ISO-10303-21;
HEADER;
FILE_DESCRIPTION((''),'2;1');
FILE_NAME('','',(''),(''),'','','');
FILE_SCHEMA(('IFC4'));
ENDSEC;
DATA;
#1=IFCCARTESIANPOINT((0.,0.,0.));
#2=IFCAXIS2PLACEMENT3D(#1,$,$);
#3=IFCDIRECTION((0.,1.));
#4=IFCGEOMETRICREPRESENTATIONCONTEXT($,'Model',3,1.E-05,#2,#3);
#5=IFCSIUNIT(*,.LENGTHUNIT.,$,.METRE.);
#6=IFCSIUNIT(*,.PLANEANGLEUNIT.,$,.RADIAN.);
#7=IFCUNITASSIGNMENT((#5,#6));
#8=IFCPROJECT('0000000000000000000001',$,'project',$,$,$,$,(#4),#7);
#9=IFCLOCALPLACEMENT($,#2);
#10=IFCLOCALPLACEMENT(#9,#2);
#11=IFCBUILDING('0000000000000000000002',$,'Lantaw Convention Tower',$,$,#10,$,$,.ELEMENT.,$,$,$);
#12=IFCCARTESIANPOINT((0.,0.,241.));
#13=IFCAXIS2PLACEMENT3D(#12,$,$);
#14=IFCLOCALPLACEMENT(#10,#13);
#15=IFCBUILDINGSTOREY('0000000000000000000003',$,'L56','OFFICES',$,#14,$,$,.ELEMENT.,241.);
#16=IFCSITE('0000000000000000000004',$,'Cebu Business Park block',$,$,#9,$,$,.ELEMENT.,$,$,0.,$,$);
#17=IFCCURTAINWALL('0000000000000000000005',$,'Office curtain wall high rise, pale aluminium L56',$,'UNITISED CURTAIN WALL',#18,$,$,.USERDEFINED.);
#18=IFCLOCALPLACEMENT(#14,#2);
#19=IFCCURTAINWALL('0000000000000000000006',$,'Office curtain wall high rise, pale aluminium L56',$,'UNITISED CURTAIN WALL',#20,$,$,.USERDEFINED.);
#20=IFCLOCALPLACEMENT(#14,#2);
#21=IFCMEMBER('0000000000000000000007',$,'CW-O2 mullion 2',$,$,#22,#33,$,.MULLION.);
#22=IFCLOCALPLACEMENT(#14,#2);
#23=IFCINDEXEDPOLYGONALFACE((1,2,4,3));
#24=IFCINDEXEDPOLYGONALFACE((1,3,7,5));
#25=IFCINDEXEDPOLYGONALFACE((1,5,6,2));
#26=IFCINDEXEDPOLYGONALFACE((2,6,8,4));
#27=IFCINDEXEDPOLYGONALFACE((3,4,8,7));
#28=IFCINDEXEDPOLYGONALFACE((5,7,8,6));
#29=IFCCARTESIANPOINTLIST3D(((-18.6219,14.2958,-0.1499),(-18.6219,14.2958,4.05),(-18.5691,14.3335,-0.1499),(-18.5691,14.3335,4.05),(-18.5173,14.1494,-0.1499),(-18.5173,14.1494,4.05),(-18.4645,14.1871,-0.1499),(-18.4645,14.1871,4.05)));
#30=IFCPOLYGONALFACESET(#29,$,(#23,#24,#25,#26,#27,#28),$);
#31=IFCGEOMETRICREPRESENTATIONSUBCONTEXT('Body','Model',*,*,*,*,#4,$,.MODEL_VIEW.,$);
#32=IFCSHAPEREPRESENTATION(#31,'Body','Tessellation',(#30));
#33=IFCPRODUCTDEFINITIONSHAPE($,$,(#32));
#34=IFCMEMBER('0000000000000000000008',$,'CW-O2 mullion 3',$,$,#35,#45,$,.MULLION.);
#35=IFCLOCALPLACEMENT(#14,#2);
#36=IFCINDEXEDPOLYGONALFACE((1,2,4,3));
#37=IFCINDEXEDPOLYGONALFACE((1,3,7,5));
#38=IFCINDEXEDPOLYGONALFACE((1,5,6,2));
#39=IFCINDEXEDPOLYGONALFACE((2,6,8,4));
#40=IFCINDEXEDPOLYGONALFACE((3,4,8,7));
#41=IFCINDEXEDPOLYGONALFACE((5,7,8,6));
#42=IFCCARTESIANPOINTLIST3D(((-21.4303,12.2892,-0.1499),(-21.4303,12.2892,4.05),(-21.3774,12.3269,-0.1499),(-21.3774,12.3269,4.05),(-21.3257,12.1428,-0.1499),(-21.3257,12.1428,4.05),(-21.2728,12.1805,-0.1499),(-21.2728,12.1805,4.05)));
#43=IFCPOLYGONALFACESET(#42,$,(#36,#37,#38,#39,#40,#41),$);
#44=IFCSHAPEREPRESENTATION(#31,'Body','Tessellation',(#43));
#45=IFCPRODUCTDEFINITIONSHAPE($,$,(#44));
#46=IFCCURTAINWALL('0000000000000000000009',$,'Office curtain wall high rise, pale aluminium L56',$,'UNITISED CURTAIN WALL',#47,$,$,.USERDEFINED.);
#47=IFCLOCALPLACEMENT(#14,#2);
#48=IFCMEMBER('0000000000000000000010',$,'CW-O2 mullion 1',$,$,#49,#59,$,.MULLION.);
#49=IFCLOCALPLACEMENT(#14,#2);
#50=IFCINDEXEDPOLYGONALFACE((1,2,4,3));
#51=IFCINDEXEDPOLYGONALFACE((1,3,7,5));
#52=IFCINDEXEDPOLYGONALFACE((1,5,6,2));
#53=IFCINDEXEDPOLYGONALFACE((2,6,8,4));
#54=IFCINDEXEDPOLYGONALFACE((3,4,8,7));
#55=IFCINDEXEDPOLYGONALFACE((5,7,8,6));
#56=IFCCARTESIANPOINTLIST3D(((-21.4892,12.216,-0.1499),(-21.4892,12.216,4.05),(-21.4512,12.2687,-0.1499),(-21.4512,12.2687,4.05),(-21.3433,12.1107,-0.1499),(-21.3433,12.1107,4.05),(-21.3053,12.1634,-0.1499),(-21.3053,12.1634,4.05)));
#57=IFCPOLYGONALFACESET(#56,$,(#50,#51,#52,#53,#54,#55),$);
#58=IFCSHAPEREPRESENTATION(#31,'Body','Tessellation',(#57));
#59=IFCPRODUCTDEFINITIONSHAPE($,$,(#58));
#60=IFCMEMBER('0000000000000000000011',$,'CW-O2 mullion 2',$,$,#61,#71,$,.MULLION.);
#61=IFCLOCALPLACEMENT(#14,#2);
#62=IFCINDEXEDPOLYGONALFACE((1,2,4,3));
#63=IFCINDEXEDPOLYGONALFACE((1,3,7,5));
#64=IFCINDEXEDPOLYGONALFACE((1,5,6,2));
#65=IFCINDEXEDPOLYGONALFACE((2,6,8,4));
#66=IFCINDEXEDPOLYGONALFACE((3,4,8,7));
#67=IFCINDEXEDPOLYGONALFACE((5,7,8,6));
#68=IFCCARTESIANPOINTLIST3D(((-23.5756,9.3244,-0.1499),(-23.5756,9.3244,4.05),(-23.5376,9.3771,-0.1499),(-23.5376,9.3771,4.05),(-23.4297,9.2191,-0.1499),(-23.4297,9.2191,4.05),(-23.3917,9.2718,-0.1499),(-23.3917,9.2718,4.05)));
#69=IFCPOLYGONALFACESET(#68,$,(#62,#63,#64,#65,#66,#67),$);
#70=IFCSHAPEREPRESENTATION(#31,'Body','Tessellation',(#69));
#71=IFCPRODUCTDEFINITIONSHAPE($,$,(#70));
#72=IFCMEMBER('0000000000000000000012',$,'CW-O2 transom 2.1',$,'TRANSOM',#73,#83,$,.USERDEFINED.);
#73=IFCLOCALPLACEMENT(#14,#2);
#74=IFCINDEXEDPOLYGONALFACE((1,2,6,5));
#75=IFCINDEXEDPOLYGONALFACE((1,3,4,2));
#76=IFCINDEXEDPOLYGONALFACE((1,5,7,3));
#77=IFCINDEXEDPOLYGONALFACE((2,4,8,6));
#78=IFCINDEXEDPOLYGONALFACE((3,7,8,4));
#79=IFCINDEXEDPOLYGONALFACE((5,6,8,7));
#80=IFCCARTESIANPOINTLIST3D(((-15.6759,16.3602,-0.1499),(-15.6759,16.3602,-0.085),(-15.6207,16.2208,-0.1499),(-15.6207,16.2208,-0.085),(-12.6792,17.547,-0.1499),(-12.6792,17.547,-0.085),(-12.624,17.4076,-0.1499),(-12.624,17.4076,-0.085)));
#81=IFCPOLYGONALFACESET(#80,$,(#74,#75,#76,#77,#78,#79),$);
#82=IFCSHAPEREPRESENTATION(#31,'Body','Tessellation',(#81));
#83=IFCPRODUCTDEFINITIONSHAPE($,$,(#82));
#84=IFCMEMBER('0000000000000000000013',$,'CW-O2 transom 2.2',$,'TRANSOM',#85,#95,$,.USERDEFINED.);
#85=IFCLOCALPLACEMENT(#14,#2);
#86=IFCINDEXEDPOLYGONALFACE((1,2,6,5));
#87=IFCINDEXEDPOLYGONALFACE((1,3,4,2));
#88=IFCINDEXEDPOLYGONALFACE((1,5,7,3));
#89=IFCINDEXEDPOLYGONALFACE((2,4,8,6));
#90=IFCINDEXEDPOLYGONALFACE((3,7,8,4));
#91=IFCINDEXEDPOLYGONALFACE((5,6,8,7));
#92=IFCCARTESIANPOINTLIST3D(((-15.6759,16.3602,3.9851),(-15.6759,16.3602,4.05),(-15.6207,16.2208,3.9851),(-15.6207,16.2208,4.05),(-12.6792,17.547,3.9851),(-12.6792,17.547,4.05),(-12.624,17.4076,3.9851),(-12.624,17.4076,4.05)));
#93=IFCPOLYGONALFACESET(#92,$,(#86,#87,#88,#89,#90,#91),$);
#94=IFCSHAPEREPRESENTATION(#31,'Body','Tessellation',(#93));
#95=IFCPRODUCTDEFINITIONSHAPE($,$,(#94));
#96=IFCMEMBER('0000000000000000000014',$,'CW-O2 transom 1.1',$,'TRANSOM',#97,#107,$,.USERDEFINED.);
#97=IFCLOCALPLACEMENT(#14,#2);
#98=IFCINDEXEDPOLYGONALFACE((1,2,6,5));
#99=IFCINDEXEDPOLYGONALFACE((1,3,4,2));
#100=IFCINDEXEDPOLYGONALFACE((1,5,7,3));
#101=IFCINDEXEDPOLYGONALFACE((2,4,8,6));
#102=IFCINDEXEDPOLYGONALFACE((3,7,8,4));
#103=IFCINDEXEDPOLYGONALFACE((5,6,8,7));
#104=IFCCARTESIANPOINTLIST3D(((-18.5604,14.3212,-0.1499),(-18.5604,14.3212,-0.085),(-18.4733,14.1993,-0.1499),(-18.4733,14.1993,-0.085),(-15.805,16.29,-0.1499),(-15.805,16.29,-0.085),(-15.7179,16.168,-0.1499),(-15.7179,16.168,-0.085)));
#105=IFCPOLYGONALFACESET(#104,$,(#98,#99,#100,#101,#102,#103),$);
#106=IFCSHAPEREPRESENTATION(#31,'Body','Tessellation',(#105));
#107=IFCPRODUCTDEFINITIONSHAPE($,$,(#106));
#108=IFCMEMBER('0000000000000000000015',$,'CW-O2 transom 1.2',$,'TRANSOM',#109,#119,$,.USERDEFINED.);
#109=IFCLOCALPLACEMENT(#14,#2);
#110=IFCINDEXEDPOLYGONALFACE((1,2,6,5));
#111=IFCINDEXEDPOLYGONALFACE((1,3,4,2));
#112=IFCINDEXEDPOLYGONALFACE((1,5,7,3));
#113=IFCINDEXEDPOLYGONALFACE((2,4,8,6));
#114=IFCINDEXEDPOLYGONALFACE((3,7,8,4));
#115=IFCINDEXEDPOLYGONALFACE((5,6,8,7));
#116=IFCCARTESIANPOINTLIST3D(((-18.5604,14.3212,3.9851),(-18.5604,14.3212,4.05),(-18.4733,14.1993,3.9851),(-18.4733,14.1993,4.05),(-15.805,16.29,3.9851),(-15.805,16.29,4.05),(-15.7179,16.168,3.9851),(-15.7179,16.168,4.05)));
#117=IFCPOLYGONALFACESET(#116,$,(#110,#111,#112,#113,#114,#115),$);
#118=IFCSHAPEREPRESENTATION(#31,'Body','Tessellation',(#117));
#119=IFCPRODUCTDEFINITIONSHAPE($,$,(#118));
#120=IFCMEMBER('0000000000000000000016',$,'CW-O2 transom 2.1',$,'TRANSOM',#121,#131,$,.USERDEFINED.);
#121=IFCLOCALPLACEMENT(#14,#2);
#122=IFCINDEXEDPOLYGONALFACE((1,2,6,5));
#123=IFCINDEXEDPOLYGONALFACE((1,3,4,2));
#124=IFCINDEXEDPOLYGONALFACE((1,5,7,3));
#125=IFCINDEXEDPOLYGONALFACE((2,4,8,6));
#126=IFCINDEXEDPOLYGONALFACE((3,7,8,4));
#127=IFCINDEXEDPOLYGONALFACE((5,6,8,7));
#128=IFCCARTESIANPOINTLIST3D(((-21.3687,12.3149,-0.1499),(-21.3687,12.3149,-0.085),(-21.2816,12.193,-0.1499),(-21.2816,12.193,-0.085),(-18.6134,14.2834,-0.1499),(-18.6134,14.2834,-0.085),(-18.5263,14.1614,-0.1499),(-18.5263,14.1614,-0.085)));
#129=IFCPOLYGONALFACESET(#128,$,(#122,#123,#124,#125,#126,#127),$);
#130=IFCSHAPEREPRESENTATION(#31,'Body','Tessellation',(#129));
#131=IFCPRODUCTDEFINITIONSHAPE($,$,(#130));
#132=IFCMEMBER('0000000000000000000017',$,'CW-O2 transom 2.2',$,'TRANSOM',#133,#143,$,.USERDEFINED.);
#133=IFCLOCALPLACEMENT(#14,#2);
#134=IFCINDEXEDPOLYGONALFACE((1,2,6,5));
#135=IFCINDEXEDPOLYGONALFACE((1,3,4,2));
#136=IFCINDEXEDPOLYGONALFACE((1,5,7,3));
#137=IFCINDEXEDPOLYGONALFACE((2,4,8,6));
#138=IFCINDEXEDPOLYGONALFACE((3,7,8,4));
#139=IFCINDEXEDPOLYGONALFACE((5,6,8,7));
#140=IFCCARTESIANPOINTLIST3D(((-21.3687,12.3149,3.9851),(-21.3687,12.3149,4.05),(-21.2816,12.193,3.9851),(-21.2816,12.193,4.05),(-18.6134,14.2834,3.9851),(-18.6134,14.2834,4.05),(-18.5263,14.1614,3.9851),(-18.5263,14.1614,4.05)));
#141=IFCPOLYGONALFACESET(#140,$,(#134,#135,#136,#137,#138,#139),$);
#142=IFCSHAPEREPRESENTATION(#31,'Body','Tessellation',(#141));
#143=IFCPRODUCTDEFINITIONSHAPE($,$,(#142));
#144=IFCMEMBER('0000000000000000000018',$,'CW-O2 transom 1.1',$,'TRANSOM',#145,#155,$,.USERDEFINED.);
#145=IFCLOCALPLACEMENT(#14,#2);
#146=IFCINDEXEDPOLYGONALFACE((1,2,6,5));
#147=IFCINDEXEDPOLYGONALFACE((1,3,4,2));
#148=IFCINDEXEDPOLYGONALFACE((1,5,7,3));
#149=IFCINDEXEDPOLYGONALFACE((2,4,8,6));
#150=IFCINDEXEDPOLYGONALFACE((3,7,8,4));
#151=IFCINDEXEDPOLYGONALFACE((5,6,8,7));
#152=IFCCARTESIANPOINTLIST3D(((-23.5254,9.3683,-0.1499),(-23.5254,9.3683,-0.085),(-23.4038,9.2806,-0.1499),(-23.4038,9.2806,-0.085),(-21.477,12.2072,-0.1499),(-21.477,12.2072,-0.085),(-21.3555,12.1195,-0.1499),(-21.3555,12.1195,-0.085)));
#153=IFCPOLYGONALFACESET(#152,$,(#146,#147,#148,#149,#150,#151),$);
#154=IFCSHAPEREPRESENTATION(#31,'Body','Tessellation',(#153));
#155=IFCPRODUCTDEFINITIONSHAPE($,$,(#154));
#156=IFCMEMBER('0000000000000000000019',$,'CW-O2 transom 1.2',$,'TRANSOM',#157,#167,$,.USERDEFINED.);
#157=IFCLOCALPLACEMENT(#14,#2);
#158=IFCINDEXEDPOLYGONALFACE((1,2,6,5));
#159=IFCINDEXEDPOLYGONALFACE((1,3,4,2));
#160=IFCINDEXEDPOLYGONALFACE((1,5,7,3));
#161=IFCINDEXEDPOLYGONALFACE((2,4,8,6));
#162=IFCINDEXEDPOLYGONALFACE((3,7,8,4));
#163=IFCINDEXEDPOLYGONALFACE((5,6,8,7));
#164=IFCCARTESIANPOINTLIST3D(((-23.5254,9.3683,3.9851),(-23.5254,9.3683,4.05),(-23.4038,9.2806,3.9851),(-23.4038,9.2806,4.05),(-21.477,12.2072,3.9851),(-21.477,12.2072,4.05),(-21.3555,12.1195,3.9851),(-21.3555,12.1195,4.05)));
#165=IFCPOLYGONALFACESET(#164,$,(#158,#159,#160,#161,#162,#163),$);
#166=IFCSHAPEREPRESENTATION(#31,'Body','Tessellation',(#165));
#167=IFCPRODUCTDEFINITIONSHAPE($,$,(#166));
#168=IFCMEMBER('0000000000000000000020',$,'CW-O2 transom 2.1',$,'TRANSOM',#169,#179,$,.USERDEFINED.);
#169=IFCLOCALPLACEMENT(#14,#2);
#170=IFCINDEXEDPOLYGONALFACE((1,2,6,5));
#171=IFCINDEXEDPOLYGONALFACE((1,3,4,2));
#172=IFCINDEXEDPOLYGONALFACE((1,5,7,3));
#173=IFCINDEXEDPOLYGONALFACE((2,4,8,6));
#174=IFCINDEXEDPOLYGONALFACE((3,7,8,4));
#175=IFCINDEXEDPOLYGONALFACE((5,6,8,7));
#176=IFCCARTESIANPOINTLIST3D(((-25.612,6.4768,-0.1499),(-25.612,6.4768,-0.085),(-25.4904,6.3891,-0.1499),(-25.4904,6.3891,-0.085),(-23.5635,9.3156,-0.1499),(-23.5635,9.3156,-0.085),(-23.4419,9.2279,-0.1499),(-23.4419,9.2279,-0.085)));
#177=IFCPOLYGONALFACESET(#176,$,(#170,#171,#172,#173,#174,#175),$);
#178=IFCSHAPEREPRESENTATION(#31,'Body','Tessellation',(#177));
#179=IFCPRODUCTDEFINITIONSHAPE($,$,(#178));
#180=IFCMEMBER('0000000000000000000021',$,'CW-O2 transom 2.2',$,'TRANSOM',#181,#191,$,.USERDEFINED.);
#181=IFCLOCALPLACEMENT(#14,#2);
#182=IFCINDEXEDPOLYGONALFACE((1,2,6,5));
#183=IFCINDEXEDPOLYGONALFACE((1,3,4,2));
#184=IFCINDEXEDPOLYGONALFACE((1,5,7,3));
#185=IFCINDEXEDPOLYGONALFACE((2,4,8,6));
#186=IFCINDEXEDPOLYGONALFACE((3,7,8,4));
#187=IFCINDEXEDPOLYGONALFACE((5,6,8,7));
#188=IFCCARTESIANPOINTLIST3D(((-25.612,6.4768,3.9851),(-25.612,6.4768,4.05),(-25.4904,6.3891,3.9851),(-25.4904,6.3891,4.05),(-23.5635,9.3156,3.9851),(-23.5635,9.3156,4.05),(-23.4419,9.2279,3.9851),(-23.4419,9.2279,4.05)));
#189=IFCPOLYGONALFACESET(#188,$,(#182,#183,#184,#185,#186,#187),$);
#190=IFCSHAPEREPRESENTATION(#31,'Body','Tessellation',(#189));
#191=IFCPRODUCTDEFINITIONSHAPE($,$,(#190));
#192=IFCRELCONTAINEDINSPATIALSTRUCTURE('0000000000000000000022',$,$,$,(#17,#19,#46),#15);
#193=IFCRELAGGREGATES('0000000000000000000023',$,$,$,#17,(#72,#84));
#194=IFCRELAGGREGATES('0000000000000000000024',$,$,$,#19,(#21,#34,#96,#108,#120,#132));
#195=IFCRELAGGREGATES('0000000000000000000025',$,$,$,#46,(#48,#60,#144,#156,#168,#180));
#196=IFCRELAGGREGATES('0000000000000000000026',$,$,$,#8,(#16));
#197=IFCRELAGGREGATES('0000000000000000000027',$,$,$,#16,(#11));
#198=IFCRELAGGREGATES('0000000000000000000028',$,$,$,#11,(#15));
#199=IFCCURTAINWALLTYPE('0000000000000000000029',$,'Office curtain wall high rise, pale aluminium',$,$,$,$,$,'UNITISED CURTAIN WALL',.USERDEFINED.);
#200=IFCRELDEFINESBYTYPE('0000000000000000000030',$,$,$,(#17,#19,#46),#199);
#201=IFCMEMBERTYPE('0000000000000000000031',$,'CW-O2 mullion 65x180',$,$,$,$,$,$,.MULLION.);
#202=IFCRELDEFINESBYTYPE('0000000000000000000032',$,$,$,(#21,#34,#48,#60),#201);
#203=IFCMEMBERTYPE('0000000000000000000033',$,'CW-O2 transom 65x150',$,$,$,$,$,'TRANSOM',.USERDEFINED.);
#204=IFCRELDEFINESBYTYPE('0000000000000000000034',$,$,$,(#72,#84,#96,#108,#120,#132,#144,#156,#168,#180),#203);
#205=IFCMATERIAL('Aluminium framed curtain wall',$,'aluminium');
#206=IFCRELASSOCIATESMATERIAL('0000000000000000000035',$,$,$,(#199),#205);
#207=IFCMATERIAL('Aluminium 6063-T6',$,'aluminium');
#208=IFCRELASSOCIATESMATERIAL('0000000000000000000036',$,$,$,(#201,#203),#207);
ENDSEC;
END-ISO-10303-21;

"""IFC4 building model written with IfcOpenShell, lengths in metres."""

from ifc_helpers import new_model, si_unit, direction, frame, origin, origin_2d, place, context, subcontext, project, spatial, rectangle, extrude, material, material_profile, profile_set, type_object, element, aggregate, save


model = new_model("IFC4")

# Units and contexts
model_context = context("Model", 3, precision=1e-05, world=origin(), true_north=direction((0.0, 1.0)))
body_context = subcontext(model_context, "Body", "Model", "MODEL_VIEW")
ifc_project = project(units=[si_unit("LENGTHUNIT", "METRE"), si_unit("PLANEANGLEUNIT", "RADIAN")], contexts=[model_context])

# Site, building, storey
site_placement = place(None, origin())
site = spatial("IfcSite", under=ifc_project, at=site_placement, Name="Cebu Business Park block", CompositionType="ELEMENT", RefElevation=0.0)
building_placement = place(site_placement, origin())
building = spatial("IfcBuilding", under=site, at=building_placement, Name="Lantaw Convention Tower", CompositionType="ELEMENT")
storey_placement = place(building_placement, frame((0.0, 0.0, 241.0)))
storey = spatial("IfcBuildingStorey", under=building, at=storey_placement, Name="L56", Description="OFFICES", CompositionType="ELEMENT", Elevation=241.0)

# Curtain walls, members
ifc_material_1 = material(Name="Aluminium framed curtain wall", Category="aluminium")
curtain_wall_type = type_object("IfcCurtainWallType", Name="Office curtain wall high rise, pale aluminium", ElementType="UNITISED CURTAIN WALL", PredefinedType="USERDEFINED", material=ifc_material_1)
curtain_wall_1_placement = place(storey_placement, origin())
curtain_wall_1 = element("IfcCurtainWall", 1, at=curtain_wall_1_placement, inside=storey, type_object=curtain_wall_type, Name="Office curtain wall high rise, pale aluminium L56", ObjectType="UNITISED CURTAIN WALL", PredefinedType="USERDEFINED")
ifc_material_2 = material(Name="Aluminium 6063-T6", Category="aluminium")
ifc_material_profile_1 = material_profile(ifc_material_2, rectangle(XDim=0.1799, YDim=0.0649, at=origin_2d()), Name="CW-O2 mullion 65x180")
ifc_profile_set_1 = profile_set([ifc_material_profile_1], Name="Aluminium 6063-T6")
member_type_1 = type_object("IfcMemberType", Name="CW-O2 mullion 65x180", PredefinedType="MULLION", material=ifc_profile_set_1)
curtain_wall_2_placement = place(storey_placement, origin())
curtain_wall_2 = element("IfcCurtainWall", 2, at=curtain_wall_2_placement, inside=storey, type_object=curtain_wall_type, Name="Office curtain wall high rise, pale aluminium L56", ObjectType="UNITISED CURTAIN WALL", PredefinedType="USERDEFINED")
member_1_placement = place(storey_placement, frame((-18.5432, 14.2415, -0.1499), z_axis=(0.0, 0.0, 1.0), x_axis=(0.581323, -0.813673, 0.0)))
member_1 = element("IfcMember", 3, at=member_1_placement, type_object=member_type_1, Name="CW-O2 mullion 2", PredefinedType="MULLION", context=body_context, shape_type="SweptSolid", body=[
    extrude(rectangle(XDim=0.1799, YDim=0.0649, at=origin_2d()), origin(), (0.0, 0.0, 1.0), 4.2),
])
member_2_placement = place(storey_placement, frame((-21.3516, 12.2349, -0.1499), z_axis=(0.0, 0.0, 1.0), x_axis=(0.581323, -0.813673, 0.0)))
member_2 = element("IfcMember", 4, at=member_2_placement, type_object=member_type_1, Name="CW-O2 mullion 3", PredefinedType="MULLION", context=body_context, shape_type="SweptSolid", body=[
    extrude(rectangle(XDim=0.1799, YDim=0.0649, at=origin_2d()), origin(), (0.0, 0.0, 1.0), 4.2),
])
curtain_wall_3_placement = place(storey_placement, origin())
curtain_wall_3 = element("IfcCurtainWall", 5, at=curtain_wall_3_placement, inside=storey, type_object=curtain_wall_type, Name="Office curtain wall high rise, pale aluminium L56", ObjectType="UNITISED CURTAIN WALL", PredefinedType="USERDEFINED")
member_3_placement = place(storey_placement, frame((-21.3972, 12.1897, -0.1499), z_axis=(0.0, 0.0, 1.0), x_axis=(0.81092, -0.585158, 0.0)))
member_3 = element("IfcMember", 6, at=member_3_placement, type_object=member_type_1, Name="CW-O2 mullion 1", PredefinedType="MULLION", context=body_context, shape_type="SweptSolid", body=[
    extrude(rectangle(XDim=0.1799, YDim=0.0649, at=origin_2d()), origin(), (0.0, 0.0, 1.0), 4.2),
])
member_4_placement = place(storey_placement, frame((-23.4836, 9.2981, -0.1499), z_axis=(0.0, 0.0, 1.0), x_axis=(0.81092, -0.585158, 0.0)))
member_4 = element("IfcMember", 7, at=member_4_placement, type_object=member_type_1, Name="CW-O2 mullion 2", PredefinedType="MULLION", context=body_context, shape_type="SweptSolid", body=[
    extrude(rectangle(XDim=0.1799, YDim=0.0649, at=origin_2d()), origin(), (0.0, 0.0, 1.0), 4.2),
])

# Members
ifc_material_profile_2 = material_profile(ifc_material_2, rectangle(XDim=0.1499, YDim=0.0649, at=origin_2d()), Name="CW-O2 transom 65x150")
ifc_profile_set_2 = profile_set([ifc_material_profile_2], Name="Aluminium 6063-T6")
member_type_2 = type_object("IfcMemberType", Name="CW-O2 transom 65x150", ElementType="TRANSOM", PredefinedType="USERDEFINED", material=ifc_profile_set_2)
member_5_placement = place(storey_placement, frame((-12.6516, 17.4773, -0.1174), z_axis=(-0.929741, -0.368215, 0.0), x_axis=(0.368215, -0.929741, 0.0)))
member_5 = element("IfcMember", 8, at=member_5_placement, type_object=member_type_2, Name="CW-O2 transom 2.1", ObjectType="TRANSOM", PredefinedType="USERDEFINED", context=body_context, shape_type="SweptSolid", body=[
    extrude(rectangle(XDim=0.1499, YDim=0.0649, at=origin_2d()), origin(), (0.0, 0.0, 1.0), 3.2231),
])
member_6_placement = place(storey_placement, frame((-12.6516, 17.4773, 4.0176), z_axis=(-0.929741, -0.368215, 0.0), x_axis=(0.368215, -0.929741, 0.0)))
member_6 = element("IfcMember", 9, at=member_6_placement, type_object=member_type_2, Name="CW-O2 transom 2.2", ObjectType="TRANSOM", PredefinedType="USERDEFINED", context=body_context, shape_type="SweptSolid", body=[
    extrude(rectangle(XDim=0.1499, YDim=0.0649, at=origin_2d()), origin(), (0.0, 0.0, 1.0), 3.2231),
])
member_7_placement = place(storey_placement, frame((-15.7615, 16.229, -0.1174), z_axis=(-0.813646, -0.581361, 0.0), x_axis=(0.581361, -0.813646, 0.0)))
member_7 = element("IfcMember", 10, at=member_7_placement, type_object=member_type_2, Name="CW-O2 transom 1.1", ObjectType="TRANSOM", PredefinedType="USERDEFINED", context=body_context, shape_type="SweptSolid", body=[
    extrude(rectangle(XDim=0.1499, YDim=0.0649, at=origin_2d()), origin(), (0.0, 0.0, 1.0), 3.3865),
])
member_8_placement = place(storey_placement, frame((-15.7615, 16.229, 4.0176), z_axis=(-0.813646, -0.581361, 0.0), x_axis=(0.581361, -0.813646, 0.0)))
member_8 = element("IfcMember", 11, at=member_8_placement, type_object=member_type_2, Name="CW-O2 transom 1.2", ObjectType="TRANSOM", PredefinedType="USERDEFINED", context=body_context, shape_type="SweptSolid", body=[
    extrude(rectangle(XDim=0.1499, YDim=0.0649, at=origin_2d()), origin(), (0.0, 0.0, 1.0), 3.3865),
])
member_9_placement = place(storey_placement, frame((-18.5698, 14.2224, -0.1174), z_axis=(-0.81368, -0.581313, 0.0), x_axis=(0.581313, -0.81368, 0.0)))
member_9 = element("IfcMember", 12, at=member_9_placement, type_object=member_type_2, Name="CW-O2 transom 2.1", ObjectType="TRANSOM", PredefinedType="USERDEFINED", context=body_context, shape_type="SweptSolid", body=[
    extrude(rectangle(XDim=0.1499, YDim=0.0649, at=origin_2d()), origin(), (0.0, 0.0, 1.0), 3.3862),
])
member_10_placement = place(storey_placement, frame((-18.5698, 14.2224, 4.0176), z_axis=(-0.81368, -0.581313, 0.0), x_axis=(0.581313, -0.81368, 0.0)))
member_10 = element("IfcMember", 13, at=member_10_placement, type_object=member_type_2, Name="CW-O2 transom 2.2", ObjectType="TRANSOM", PredefinedType="USERDEFINED", context=body_context, shape_type="SweptSolid", body=[
    extrude(rectangle(XDim=0.1499, YDim=0.0649, at=origin_2d()), origin(), (0.0, 0.0, 1.0), 3.3862),
])
member_11_placement = place(storey_placement, frame((-21.4163, 12.1633, -0.1174), z_axis=(-0.585124, -0.810944, 0.0), x_axis=(0.810944, -0.585124, 0.0)))
member_11 = element("IfcMember", 14, at=member_11_placement, type_object=member_type_2, Name="CW-O2 transom 1.1", ObjectType="TRANSOM", PredefinedType="USERDEFINED", context=body_context, shape_type="SweptSolid", body=[
    extrude(rectangle(XDim=0.1499, YDim=0.0649, at=origin_2d()), origin(), (0.0, 0.0, 1.0), 3.5007),
])
member_12_placement = place(storey_placement, frame((-21.4163, 12.1633, 4.0176), z_axis=(-0.585124, -0.810944, 0.0), x_axis=(0.810944, -0.585124, 0.0)))
member_12 = element("IfcMember", 15, at=member_12_placement, type_object=member_type_2, Name="CW-O2 transom 1.2", ObjectType="TRANSOM", PredefinedType="USERDEFINED", context=body_context, shape_type="SweptSolid", body=[
    extrude(rectangle(XDim=0.1499, YDim=0.0649, at=origin_2d()), origin(), (0.0, 0.0, 1.0), 3.5007),
])
member_13_placement = place(storey_placement, frame((-23.5027, 9.2717, -0.1174), z_axis=(-0.58517, -0.810911, 0.0), x_axis=(0.810911, -0.58517, 0.0)))
member_13 = element("IfcMember", 16, at=member_13_placement, type_object=member_type_2, Name="CW-O2 transom 2.1", ObjectType="TRANSOM", PredefinedType="USERDEFINED", context=body_context, shape_type="SweptSolid", body=[
    extrude(rectangle(XDim=0.1499, YDim=0.0649, at=origin_2d()), origin(), (0.0, 0.0, 1.0), 3.5007),
])
member_14_placement = place(storey_placement, frame((-23.5027, 9.2717, 4.0176), z_axis=(-0.58517, -0.810911, 0.0), x_axis=(0.810911, -0.58517, 0.0)))
member_14 = element("IfcMember", 17, at=member_14_placement, type_object=member_type_2, Name="CW-O2 transom 2.2", ObjectType="TRANSOM", PredefinedType="USERDEFINED", context=body_context, shape_type="SweptSolid", body=[
    extrude(rectangle(XDim=0.1499, YDim=0.0649, at=origin_2d()), origin(), (0.0, 0.0, 1.0), 3.5007),
])

aggregate(curtain_wall_1, [member_5, member_6])
aggregate(curtain_wall_2, [member_1, member_2, member_7, member_8, member_9, member_10])
aggregate(curtain_wall_3, [member_3, member_4, member_11, member_12, member_13, member_14])

save(model, "model.ifc")
